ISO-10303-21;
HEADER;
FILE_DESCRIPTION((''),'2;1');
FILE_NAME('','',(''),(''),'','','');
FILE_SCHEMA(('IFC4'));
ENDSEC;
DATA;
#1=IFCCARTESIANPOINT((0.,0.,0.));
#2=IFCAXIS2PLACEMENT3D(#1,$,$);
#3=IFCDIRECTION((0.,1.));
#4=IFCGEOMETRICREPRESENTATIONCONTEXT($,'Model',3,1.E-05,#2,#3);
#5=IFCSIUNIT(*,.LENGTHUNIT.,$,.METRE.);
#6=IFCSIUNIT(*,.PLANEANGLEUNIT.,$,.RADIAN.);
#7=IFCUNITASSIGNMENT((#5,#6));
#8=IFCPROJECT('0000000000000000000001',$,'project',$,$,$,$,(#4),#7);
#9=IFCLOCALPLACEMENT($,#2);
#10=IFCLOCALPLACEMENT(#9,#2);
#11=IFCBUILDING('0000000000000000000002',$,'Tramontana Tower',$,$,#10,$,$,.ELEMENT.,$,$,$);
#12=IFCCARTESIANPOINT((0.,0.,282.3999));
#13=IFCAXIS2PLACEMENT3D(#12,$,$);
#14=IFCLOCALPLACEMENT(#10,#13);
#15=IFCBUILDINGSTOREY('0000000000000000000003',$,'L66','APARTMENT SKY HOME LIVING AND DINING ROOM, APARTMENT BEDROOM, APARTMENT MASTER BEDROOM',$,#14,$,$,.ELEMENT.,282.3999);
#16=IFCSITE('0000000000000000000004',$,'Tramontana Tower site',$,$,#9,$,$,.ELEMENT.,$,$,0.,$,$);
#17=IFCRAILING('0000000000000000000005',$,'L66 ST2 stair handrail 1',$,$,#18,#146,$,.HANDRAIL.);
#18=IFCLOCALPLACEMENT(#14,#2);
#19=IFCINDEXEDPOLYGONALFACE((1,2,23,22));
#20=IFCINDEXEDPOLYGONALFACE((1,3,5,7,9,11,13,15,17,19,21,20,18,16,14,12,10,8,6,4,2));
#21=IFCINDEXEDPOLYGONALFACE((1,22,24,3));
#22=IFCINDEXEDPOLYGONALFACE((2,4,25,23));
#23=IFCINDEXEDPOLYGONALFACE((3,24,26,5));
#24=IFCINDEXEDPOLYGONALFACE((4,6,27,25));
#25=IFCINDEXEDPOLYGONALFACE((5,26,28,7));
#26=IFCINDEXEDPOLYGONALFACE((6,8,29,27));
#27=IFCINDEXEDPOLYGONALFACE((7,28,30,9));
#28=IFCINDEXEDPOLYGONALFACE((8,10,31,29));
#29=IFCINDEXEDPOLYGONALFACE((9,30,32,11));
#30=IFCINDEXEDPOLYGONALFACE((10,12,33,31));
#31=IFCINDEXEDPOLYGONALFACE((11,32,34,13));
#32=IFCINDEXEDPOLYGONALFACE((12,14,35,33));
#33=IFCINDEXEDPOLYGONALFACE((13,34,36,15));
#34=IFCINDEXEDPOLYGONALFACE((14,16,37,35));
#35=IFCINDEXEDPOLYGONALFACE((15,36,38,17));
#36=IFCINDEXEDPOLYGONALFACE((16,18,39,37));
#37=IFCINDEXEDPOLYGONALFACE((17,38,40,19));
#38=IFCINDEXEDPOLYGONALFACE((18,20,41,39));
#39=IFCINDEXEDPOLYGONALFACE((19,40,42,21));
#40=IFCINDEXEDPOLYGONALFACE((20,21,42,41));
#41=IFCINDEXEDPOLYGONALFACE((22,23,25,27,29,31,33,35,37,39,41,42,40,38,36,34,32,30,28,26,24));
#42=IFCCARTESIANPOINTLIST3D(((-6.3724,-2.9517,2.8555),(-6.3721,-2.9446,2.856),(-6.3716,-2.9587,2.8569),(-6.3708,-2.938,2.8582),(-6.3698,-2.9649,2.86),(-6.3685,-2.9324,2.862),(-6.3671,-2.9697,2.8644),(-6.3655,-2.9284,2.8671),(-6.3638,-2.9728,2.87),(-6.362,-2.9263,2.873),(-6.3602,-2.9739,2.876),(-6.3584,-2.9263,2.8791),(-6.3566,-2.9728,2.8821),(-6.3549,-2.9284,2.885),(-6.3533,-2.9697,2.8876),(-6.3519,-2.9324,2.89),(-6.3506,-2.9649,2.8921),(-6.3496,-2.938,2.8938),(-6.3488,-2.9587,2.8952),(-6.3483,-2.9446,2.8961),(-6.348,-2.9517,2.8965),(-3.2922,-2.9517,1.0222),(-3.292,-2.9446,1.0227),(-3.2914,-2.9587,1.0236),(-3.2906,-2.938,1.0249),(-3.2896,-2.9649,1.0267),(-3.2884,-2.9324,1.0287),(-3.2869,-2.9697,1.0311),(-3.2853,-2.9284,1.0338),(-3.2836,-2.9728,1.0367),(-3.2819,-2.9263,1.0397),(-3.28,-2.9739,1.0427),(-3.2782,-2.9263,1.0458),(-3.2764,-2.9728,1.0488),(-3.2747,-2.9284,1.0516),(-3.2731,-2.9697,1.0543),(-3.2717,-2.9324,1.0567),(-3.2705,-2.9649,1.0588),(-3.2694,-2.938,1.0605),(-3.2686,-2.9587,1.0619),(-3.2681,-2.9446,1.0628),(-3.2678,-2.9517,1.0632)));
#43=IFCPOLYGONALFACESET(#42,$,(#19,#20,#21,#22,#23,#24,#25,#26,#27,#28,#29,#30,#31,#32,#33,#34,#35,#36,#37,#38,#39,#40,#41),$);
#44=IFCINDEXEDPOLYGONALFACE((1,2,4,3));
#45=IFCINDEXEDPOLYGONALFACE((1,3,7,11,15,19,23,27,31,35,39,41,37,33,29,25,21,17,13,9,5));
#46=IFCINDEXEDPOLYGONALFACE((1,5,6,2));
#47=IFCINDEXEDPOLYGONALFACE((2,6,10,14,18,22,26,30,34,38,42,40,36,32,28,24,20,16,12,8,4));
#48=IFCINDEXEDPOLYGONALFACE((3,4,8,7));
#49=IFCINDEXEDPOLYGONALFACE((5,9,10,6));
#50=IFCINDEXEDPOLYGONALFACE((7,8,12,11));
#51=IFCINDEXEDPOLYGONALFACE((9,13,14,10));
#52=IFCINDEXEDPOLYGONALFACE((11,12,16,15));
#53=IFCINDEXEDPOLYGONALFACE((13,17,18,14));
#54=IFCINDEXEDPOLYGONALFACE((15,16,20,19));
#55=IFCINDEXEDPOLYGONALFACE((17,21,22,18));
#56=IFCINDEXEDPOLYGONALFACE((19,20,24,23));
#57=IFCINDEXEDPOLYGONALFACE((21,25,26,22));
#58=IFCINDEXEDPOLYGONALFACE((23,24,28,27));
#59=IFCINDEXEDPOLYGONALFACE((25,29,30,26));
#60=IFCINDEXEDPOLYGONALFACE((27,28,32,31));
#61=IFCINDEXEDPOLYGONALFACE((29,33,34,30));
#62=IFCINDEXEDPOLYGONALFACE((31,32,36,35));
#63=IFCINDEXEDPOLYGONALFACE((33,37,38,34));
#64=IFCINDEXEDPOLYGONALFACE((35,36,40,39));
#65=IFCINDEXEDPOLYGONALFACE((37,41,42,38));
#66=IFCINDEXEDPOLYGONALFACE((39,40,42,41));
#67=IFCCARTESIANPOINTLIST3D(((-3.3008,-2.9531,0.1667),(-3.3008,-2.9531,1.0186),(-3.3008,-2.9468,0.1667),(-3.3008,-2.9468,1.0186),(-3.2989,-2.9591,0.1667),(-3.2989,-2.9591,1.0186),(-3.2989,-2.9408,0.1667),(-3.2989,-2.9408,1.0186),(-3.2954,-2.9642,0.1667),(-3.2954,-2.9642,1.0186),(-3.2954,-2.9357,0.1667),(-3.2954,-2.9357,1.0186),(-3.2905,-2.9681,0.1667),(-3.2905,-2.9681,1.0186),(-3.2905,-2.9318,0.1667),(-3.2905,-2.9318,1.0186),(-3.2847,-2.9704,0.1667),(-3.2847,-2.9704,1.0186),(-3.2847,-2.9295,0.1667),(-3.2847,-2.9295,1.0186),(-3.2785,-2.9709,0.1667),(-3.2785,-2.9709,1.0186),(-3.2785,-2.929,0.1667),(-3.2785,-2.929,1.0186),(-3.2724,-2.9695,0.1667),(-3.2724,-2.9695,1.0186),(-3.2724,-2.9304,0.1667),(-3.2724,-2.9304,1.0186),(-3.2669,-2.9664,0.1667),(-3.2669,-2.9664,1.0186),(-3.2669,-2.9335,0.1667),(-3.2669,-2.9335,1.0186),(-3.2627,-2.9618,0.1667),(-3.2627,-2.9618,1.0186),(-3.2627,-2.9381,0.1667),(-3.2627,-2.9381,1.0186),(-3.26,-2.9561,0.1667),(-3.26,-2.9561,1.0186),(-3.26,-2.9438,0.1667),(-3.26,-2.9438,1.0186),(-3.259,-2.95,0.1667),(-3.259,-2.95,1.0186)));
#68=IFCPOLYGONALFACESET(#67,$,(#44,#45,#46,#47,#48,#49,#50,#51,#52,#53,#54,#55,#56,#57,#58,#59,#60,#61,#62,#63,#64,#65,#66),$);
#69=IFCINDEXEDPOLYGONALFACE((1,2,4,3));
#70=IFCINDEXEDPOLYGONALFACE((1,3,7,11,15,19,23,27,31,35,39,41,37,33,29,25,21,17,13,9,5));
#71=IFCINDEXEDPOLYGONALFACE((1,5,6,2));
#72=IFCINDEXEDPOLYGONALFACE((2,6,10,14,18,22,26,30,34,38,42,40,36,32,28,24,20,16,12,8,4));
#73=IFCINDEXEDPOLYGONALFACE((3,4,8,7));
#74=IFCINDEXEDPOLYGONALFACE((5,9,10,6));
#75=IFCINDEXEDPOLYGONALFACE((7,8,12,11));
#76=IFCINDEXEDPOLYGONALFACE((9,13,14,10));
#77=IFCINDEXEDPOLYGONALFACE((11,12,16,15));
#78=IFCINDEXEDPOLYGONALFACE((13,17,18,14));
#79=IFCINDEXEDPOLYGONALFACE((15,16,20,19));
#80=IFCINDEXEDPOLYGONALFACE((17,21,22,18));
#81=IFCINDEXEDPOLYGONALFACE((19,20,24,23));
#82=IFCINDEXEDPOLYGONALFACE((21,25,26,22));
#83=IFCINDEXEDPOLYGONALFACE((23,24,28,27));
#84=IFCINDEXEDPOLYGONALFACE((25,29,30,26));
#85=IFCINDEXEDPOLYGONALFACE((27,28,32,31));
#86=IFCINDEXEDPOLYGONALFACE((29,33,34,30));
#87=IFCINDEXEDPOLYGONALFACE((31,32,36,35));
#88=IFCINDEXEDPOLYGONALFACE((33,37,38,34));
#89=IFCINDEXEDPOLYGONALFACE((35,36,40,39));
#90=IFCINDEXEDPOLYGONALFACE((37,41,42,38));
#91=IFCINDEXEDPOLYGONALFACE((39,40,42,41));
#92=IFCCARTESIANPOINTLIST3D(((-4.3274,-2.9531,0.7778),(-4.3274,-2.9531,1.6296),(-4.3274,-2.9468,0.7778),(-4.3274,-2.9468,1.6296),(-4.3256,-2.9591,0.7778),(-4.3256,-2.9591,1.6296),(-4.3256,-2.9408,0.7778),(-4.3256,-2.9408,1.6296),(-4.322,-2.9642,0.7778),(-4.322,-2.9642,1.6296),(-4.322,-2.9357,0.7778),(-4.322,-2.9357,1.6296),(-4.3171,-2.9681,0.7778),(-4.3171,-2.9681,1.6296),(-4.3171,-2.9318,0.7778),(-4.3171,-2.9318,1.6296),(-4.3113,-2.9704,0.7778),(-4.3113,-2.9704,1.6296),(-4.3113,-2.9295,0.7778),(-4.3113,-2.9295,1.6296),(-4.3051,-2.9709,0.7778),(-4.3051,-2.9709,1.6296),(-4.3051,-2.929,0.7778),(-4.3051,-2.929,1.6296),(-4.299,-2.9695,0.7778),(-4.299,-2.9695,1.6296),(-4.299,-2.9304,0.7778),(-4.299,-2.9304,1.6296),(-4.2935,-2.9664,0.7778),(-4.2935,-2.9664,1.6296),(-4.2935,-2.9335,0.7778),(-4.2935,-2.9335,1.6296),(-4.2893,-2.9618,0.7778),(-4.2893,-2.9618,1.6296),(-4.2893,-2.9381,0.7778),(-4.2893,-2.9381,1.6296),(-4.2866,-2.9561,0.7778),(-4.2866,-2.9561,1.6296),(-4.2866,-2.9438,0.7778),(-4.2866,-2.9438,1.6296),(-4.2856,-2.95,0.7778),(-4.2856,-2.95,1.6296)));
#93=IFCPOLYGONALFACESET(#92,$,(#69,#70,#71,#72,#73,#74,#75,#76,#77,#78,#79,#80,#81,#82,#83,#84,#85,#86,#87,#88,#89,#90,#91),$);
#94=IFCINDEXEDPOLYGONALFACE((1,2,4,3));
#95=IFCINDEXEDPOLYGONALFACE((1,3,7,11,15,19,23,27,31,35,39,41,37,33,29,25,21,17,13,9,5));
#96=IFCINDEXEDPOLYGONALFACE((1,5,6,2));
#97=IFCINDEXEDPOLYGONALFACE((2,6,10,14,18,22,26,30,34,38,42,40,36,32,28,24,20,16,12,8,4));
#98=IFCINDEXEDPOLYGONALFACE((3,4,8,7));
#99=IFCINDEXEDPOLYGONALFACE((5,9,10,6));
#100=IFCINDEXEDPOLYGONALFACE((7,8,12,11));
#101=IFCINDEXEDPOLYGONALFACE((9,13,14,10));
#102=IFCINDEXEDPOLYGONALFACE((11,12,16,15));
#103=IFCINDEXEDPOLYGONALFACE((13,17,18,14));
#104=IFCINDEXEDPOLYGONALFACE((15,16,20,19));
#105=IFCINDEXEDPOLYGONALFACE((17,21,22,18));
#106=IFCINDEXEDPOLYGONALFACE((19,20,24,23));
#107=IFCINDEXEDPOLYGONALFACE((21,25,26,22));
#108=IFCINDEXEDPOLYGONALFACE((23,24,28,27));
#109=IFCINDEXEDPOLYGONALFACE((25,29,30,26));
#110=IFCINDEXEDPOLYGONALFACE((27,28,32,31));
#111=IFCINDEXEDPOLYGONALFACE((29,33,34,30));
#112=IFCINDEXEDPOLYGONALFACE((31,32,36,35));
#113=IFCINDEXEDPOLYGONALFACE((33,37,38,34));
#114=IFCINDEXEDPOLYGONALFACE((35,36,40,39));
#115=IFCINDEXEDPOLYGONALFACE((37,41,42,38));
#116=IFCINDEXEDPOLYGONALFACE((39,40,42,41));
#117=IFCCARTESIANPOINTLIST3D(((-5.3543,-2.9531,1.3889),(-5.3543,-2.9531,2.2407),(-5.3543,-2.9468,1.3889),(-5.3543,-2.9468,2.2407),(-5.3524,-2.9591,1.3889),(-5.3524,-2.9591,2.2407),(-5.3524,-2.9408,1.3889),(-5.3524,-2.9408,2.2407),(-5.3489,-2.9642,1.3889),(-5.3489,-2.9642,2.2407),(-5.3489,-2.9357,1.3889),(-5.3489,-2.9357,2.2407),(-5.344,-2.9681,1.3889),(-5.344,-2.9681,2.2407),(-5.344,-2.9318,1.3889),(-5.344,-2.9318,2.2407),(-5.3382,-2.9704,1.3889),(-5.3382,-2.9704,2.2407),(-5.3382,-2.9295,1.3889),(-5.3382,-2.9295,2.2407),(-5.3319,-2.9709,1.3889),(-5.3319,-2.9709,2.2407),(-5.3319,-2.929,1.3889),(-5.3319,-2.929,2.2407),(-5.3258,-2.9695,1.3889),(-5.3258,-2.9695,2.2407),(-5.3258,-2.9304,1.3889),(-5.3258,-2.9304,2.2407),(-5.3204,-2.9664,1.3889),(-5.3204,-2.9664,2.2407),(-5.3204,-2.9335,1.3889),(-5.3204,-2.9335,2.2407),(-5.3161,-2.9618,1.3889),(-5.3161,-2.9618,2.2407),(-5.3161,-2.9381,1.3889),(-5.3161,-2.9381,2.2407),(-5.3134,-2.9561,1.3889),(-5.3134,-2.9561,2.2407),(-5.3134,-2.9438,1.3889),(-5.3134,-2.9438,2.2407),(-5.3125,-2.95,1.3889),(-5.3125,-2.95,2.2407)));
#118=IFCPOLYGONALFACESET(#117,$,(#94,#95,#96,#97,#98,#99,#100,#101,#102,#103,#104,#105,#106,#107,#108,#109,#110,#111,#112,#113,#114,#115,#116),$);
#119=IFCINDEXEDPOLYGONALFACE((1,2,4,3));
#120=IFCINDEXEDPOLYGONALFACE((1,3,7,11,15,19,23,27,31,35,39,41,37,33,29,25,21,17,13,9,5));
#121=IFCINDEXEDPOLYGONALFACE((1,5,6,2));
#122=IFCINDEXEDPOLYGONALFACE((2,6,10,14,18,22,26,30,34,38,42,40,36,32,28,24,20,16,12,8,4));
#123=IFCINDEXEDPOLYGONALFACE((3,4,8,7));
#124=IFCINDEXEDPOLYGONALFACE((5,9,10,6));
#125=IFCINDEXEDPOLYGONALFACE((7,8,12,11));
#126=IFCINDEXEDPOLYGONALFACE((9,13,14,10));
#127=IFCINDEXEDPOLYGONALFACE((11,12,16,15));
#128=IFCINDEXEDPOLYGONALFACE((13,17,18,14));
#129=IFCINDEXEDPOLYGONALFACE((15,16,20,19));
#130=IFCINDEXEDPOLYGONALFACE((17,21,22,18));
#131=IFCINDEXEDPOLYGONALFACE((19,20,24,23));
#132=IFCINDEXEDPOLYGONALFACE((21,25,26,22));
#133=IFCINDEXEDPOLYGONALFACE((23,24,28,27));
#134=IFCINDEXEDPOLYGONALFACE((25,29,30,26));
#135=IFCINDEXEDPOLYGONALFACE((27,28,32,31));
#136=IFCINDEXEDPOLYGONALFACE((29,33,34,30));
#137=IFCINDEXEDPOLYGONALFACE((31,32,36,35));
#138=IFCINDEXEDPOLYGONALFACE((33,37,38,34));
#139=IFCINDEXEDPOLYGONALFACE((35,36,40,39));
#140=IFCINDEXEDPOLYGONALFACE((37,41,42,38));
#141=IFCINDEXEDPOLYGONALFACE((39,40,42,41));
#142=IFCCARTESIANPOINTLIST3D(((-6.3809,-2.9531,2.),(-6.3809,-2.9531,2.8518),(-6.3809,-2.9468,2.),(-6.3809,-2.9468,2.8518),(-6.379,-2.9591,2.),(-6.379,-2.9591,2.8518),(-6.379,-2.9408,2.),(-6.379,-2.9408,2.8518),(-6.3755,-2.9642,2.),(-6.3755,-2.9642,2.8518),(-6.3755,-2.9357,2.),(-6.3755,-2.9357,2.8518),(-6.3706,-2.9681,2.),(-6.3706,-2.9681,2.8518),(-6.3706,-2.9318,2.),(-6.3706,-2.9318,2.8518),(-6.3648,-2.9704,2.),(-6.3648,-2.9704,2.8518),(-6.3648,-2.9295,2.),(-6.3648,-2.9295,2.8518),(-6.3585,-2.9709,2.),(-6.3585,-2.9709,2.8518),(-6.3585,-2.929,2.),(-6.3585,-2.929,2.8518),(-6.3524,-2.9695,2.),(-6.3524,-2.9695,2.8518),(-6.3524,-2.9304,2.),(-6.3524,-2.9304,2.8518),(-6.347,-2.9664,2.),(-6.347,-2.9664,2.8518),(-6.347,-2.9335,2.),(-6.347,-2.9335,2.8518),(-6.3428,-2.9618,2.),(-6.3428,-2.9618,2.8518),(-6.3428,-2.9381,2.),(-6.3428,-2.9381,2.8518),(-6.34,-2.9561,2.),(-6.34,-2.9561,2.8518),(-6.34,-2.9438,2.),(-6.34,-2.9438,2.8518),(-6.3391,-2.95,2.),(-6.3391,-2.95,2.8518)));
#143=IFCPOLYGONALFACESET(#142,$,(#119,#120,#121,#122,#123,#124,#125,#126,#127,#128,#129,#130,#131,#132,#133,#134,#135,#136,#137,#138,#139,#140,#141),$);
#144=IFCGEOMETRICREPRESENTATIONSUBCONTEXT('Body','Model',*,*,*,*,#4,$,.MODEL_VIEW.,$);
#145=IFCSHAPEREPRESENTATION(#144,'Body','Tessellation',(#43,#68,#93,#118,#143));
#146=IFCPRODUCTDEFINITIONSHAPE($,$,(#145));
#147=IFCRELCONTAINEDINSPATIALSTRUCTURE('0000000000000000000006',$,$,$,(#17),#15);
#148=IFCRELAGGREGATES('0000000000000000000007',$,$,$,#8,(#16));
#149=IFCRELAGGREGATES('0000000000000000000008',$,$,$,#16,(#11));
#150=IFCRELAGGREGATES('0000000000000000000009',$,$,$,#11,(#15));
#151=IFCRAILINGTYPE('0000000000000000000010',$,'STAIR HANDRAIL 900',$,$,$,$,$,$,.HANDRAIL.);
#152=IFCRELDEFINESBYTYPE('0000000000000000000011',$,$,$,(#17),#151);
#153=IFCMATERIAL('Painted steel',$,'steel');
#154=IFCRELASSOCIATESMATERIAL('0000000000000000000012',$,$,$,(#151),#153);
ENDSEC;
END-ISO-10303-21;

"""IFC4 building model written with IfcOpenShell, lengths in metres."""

from ifc_helpers import new_model, si_unit, direction, frame, origin, origin_2d, place, context, subcontext, project, spatial, circle, extrude, material, type_object, element, save


model = new_model("IFC4")

# Units and contexts
model_context = context("Model", 3, precision=1e-05, world=origin(), true_north=direction((0.0, 1.0)))
body_context = subcontext(model_context, "Body", "Model", "MODEL_VIEW")
ifc_project = project(units=[si_unit("LENGTHUNIT", "METRE"), si_unit("PLANEANGLEUNIT", "RADIAN")], contexts=[model_context])

# Site, building, storey
site_placement = place(None, origin())
site = spatial("IfcSite", under=ifc_project, at=site_placement, Name="Tramontana Tower site", CompositionType="ELEMENT", RefElevation=0.0)
building_placement = place(site_placement, origin())
building = spatial("IfcBuilding", under=site, at=building_placement, Name="Tramontana Tower", CompositionType="ELEMENT")
storey_placement = place(building_placement, frame((0.0, 0.0, 282.3999)))
storey = spatial("IfcBuildingStorey", under=building, at=storey_placement, Name="L66", Description="APARTMENT SKY HOME LIVING AND DINING ROOM, APARTMENT BEDROOM, APARTMENT MASTER BEDROOM", CompositionType="ELEMENT", Elevation=282.3999)

# Railing
ifc_material_1 = material(Name="Painted steel", Category="steel")
railing_type_1 = type_object("IfcRailingType", Name="STAIR HANDRAIL 900", PredefinedType="HANDRAIL", material=ifc_material_1)
railing_1_placement = place(storey_placement, frame((-3.28, -2.95, 0.1667)))
element("IfcRailing", 1, at=railing_1_placement, inside=storey, type_object=railing_type_1, Name="L66 ST2 stair handrail 1", PredefinedType="HANDRAIL", context=body_context, shape_type="SweptSolid", body=[
    extrude(circle(Radius=0.0239, at=origin_2d()), frame((0.0, 0.0, 0.876), z_axis=(-0.859309, 0.0, 0.511458), x_axis=(0.0, -1.0, 0.0)), (0.0, 0.0, 1.0), 3.5845),
    extrude(circle(Radius=0.021, at=origin_2d()), origin(), (0.0, 0.0, 1.0), 0.8518),
    extrude(circle(Radius=0.021, at=origin_2d()), frame((-1.0266, 0.0, 0.6111)), (0.0, 0.0, 1.0), 0.8518),
    extrude(circle(Radius=0.021, at=origin_2d()), frame((-2.0535, 0.0, 1.2222)), (0.0, 0.0, 1.0), 0.8518),
    extrude(circle(Radius=0.021, at=origin_2d()), frame((-3.0801, 0.0, 1.8333)), (0.0, 0.0, 1.0), 0.8518),
])

save(model, "model.ifc")
